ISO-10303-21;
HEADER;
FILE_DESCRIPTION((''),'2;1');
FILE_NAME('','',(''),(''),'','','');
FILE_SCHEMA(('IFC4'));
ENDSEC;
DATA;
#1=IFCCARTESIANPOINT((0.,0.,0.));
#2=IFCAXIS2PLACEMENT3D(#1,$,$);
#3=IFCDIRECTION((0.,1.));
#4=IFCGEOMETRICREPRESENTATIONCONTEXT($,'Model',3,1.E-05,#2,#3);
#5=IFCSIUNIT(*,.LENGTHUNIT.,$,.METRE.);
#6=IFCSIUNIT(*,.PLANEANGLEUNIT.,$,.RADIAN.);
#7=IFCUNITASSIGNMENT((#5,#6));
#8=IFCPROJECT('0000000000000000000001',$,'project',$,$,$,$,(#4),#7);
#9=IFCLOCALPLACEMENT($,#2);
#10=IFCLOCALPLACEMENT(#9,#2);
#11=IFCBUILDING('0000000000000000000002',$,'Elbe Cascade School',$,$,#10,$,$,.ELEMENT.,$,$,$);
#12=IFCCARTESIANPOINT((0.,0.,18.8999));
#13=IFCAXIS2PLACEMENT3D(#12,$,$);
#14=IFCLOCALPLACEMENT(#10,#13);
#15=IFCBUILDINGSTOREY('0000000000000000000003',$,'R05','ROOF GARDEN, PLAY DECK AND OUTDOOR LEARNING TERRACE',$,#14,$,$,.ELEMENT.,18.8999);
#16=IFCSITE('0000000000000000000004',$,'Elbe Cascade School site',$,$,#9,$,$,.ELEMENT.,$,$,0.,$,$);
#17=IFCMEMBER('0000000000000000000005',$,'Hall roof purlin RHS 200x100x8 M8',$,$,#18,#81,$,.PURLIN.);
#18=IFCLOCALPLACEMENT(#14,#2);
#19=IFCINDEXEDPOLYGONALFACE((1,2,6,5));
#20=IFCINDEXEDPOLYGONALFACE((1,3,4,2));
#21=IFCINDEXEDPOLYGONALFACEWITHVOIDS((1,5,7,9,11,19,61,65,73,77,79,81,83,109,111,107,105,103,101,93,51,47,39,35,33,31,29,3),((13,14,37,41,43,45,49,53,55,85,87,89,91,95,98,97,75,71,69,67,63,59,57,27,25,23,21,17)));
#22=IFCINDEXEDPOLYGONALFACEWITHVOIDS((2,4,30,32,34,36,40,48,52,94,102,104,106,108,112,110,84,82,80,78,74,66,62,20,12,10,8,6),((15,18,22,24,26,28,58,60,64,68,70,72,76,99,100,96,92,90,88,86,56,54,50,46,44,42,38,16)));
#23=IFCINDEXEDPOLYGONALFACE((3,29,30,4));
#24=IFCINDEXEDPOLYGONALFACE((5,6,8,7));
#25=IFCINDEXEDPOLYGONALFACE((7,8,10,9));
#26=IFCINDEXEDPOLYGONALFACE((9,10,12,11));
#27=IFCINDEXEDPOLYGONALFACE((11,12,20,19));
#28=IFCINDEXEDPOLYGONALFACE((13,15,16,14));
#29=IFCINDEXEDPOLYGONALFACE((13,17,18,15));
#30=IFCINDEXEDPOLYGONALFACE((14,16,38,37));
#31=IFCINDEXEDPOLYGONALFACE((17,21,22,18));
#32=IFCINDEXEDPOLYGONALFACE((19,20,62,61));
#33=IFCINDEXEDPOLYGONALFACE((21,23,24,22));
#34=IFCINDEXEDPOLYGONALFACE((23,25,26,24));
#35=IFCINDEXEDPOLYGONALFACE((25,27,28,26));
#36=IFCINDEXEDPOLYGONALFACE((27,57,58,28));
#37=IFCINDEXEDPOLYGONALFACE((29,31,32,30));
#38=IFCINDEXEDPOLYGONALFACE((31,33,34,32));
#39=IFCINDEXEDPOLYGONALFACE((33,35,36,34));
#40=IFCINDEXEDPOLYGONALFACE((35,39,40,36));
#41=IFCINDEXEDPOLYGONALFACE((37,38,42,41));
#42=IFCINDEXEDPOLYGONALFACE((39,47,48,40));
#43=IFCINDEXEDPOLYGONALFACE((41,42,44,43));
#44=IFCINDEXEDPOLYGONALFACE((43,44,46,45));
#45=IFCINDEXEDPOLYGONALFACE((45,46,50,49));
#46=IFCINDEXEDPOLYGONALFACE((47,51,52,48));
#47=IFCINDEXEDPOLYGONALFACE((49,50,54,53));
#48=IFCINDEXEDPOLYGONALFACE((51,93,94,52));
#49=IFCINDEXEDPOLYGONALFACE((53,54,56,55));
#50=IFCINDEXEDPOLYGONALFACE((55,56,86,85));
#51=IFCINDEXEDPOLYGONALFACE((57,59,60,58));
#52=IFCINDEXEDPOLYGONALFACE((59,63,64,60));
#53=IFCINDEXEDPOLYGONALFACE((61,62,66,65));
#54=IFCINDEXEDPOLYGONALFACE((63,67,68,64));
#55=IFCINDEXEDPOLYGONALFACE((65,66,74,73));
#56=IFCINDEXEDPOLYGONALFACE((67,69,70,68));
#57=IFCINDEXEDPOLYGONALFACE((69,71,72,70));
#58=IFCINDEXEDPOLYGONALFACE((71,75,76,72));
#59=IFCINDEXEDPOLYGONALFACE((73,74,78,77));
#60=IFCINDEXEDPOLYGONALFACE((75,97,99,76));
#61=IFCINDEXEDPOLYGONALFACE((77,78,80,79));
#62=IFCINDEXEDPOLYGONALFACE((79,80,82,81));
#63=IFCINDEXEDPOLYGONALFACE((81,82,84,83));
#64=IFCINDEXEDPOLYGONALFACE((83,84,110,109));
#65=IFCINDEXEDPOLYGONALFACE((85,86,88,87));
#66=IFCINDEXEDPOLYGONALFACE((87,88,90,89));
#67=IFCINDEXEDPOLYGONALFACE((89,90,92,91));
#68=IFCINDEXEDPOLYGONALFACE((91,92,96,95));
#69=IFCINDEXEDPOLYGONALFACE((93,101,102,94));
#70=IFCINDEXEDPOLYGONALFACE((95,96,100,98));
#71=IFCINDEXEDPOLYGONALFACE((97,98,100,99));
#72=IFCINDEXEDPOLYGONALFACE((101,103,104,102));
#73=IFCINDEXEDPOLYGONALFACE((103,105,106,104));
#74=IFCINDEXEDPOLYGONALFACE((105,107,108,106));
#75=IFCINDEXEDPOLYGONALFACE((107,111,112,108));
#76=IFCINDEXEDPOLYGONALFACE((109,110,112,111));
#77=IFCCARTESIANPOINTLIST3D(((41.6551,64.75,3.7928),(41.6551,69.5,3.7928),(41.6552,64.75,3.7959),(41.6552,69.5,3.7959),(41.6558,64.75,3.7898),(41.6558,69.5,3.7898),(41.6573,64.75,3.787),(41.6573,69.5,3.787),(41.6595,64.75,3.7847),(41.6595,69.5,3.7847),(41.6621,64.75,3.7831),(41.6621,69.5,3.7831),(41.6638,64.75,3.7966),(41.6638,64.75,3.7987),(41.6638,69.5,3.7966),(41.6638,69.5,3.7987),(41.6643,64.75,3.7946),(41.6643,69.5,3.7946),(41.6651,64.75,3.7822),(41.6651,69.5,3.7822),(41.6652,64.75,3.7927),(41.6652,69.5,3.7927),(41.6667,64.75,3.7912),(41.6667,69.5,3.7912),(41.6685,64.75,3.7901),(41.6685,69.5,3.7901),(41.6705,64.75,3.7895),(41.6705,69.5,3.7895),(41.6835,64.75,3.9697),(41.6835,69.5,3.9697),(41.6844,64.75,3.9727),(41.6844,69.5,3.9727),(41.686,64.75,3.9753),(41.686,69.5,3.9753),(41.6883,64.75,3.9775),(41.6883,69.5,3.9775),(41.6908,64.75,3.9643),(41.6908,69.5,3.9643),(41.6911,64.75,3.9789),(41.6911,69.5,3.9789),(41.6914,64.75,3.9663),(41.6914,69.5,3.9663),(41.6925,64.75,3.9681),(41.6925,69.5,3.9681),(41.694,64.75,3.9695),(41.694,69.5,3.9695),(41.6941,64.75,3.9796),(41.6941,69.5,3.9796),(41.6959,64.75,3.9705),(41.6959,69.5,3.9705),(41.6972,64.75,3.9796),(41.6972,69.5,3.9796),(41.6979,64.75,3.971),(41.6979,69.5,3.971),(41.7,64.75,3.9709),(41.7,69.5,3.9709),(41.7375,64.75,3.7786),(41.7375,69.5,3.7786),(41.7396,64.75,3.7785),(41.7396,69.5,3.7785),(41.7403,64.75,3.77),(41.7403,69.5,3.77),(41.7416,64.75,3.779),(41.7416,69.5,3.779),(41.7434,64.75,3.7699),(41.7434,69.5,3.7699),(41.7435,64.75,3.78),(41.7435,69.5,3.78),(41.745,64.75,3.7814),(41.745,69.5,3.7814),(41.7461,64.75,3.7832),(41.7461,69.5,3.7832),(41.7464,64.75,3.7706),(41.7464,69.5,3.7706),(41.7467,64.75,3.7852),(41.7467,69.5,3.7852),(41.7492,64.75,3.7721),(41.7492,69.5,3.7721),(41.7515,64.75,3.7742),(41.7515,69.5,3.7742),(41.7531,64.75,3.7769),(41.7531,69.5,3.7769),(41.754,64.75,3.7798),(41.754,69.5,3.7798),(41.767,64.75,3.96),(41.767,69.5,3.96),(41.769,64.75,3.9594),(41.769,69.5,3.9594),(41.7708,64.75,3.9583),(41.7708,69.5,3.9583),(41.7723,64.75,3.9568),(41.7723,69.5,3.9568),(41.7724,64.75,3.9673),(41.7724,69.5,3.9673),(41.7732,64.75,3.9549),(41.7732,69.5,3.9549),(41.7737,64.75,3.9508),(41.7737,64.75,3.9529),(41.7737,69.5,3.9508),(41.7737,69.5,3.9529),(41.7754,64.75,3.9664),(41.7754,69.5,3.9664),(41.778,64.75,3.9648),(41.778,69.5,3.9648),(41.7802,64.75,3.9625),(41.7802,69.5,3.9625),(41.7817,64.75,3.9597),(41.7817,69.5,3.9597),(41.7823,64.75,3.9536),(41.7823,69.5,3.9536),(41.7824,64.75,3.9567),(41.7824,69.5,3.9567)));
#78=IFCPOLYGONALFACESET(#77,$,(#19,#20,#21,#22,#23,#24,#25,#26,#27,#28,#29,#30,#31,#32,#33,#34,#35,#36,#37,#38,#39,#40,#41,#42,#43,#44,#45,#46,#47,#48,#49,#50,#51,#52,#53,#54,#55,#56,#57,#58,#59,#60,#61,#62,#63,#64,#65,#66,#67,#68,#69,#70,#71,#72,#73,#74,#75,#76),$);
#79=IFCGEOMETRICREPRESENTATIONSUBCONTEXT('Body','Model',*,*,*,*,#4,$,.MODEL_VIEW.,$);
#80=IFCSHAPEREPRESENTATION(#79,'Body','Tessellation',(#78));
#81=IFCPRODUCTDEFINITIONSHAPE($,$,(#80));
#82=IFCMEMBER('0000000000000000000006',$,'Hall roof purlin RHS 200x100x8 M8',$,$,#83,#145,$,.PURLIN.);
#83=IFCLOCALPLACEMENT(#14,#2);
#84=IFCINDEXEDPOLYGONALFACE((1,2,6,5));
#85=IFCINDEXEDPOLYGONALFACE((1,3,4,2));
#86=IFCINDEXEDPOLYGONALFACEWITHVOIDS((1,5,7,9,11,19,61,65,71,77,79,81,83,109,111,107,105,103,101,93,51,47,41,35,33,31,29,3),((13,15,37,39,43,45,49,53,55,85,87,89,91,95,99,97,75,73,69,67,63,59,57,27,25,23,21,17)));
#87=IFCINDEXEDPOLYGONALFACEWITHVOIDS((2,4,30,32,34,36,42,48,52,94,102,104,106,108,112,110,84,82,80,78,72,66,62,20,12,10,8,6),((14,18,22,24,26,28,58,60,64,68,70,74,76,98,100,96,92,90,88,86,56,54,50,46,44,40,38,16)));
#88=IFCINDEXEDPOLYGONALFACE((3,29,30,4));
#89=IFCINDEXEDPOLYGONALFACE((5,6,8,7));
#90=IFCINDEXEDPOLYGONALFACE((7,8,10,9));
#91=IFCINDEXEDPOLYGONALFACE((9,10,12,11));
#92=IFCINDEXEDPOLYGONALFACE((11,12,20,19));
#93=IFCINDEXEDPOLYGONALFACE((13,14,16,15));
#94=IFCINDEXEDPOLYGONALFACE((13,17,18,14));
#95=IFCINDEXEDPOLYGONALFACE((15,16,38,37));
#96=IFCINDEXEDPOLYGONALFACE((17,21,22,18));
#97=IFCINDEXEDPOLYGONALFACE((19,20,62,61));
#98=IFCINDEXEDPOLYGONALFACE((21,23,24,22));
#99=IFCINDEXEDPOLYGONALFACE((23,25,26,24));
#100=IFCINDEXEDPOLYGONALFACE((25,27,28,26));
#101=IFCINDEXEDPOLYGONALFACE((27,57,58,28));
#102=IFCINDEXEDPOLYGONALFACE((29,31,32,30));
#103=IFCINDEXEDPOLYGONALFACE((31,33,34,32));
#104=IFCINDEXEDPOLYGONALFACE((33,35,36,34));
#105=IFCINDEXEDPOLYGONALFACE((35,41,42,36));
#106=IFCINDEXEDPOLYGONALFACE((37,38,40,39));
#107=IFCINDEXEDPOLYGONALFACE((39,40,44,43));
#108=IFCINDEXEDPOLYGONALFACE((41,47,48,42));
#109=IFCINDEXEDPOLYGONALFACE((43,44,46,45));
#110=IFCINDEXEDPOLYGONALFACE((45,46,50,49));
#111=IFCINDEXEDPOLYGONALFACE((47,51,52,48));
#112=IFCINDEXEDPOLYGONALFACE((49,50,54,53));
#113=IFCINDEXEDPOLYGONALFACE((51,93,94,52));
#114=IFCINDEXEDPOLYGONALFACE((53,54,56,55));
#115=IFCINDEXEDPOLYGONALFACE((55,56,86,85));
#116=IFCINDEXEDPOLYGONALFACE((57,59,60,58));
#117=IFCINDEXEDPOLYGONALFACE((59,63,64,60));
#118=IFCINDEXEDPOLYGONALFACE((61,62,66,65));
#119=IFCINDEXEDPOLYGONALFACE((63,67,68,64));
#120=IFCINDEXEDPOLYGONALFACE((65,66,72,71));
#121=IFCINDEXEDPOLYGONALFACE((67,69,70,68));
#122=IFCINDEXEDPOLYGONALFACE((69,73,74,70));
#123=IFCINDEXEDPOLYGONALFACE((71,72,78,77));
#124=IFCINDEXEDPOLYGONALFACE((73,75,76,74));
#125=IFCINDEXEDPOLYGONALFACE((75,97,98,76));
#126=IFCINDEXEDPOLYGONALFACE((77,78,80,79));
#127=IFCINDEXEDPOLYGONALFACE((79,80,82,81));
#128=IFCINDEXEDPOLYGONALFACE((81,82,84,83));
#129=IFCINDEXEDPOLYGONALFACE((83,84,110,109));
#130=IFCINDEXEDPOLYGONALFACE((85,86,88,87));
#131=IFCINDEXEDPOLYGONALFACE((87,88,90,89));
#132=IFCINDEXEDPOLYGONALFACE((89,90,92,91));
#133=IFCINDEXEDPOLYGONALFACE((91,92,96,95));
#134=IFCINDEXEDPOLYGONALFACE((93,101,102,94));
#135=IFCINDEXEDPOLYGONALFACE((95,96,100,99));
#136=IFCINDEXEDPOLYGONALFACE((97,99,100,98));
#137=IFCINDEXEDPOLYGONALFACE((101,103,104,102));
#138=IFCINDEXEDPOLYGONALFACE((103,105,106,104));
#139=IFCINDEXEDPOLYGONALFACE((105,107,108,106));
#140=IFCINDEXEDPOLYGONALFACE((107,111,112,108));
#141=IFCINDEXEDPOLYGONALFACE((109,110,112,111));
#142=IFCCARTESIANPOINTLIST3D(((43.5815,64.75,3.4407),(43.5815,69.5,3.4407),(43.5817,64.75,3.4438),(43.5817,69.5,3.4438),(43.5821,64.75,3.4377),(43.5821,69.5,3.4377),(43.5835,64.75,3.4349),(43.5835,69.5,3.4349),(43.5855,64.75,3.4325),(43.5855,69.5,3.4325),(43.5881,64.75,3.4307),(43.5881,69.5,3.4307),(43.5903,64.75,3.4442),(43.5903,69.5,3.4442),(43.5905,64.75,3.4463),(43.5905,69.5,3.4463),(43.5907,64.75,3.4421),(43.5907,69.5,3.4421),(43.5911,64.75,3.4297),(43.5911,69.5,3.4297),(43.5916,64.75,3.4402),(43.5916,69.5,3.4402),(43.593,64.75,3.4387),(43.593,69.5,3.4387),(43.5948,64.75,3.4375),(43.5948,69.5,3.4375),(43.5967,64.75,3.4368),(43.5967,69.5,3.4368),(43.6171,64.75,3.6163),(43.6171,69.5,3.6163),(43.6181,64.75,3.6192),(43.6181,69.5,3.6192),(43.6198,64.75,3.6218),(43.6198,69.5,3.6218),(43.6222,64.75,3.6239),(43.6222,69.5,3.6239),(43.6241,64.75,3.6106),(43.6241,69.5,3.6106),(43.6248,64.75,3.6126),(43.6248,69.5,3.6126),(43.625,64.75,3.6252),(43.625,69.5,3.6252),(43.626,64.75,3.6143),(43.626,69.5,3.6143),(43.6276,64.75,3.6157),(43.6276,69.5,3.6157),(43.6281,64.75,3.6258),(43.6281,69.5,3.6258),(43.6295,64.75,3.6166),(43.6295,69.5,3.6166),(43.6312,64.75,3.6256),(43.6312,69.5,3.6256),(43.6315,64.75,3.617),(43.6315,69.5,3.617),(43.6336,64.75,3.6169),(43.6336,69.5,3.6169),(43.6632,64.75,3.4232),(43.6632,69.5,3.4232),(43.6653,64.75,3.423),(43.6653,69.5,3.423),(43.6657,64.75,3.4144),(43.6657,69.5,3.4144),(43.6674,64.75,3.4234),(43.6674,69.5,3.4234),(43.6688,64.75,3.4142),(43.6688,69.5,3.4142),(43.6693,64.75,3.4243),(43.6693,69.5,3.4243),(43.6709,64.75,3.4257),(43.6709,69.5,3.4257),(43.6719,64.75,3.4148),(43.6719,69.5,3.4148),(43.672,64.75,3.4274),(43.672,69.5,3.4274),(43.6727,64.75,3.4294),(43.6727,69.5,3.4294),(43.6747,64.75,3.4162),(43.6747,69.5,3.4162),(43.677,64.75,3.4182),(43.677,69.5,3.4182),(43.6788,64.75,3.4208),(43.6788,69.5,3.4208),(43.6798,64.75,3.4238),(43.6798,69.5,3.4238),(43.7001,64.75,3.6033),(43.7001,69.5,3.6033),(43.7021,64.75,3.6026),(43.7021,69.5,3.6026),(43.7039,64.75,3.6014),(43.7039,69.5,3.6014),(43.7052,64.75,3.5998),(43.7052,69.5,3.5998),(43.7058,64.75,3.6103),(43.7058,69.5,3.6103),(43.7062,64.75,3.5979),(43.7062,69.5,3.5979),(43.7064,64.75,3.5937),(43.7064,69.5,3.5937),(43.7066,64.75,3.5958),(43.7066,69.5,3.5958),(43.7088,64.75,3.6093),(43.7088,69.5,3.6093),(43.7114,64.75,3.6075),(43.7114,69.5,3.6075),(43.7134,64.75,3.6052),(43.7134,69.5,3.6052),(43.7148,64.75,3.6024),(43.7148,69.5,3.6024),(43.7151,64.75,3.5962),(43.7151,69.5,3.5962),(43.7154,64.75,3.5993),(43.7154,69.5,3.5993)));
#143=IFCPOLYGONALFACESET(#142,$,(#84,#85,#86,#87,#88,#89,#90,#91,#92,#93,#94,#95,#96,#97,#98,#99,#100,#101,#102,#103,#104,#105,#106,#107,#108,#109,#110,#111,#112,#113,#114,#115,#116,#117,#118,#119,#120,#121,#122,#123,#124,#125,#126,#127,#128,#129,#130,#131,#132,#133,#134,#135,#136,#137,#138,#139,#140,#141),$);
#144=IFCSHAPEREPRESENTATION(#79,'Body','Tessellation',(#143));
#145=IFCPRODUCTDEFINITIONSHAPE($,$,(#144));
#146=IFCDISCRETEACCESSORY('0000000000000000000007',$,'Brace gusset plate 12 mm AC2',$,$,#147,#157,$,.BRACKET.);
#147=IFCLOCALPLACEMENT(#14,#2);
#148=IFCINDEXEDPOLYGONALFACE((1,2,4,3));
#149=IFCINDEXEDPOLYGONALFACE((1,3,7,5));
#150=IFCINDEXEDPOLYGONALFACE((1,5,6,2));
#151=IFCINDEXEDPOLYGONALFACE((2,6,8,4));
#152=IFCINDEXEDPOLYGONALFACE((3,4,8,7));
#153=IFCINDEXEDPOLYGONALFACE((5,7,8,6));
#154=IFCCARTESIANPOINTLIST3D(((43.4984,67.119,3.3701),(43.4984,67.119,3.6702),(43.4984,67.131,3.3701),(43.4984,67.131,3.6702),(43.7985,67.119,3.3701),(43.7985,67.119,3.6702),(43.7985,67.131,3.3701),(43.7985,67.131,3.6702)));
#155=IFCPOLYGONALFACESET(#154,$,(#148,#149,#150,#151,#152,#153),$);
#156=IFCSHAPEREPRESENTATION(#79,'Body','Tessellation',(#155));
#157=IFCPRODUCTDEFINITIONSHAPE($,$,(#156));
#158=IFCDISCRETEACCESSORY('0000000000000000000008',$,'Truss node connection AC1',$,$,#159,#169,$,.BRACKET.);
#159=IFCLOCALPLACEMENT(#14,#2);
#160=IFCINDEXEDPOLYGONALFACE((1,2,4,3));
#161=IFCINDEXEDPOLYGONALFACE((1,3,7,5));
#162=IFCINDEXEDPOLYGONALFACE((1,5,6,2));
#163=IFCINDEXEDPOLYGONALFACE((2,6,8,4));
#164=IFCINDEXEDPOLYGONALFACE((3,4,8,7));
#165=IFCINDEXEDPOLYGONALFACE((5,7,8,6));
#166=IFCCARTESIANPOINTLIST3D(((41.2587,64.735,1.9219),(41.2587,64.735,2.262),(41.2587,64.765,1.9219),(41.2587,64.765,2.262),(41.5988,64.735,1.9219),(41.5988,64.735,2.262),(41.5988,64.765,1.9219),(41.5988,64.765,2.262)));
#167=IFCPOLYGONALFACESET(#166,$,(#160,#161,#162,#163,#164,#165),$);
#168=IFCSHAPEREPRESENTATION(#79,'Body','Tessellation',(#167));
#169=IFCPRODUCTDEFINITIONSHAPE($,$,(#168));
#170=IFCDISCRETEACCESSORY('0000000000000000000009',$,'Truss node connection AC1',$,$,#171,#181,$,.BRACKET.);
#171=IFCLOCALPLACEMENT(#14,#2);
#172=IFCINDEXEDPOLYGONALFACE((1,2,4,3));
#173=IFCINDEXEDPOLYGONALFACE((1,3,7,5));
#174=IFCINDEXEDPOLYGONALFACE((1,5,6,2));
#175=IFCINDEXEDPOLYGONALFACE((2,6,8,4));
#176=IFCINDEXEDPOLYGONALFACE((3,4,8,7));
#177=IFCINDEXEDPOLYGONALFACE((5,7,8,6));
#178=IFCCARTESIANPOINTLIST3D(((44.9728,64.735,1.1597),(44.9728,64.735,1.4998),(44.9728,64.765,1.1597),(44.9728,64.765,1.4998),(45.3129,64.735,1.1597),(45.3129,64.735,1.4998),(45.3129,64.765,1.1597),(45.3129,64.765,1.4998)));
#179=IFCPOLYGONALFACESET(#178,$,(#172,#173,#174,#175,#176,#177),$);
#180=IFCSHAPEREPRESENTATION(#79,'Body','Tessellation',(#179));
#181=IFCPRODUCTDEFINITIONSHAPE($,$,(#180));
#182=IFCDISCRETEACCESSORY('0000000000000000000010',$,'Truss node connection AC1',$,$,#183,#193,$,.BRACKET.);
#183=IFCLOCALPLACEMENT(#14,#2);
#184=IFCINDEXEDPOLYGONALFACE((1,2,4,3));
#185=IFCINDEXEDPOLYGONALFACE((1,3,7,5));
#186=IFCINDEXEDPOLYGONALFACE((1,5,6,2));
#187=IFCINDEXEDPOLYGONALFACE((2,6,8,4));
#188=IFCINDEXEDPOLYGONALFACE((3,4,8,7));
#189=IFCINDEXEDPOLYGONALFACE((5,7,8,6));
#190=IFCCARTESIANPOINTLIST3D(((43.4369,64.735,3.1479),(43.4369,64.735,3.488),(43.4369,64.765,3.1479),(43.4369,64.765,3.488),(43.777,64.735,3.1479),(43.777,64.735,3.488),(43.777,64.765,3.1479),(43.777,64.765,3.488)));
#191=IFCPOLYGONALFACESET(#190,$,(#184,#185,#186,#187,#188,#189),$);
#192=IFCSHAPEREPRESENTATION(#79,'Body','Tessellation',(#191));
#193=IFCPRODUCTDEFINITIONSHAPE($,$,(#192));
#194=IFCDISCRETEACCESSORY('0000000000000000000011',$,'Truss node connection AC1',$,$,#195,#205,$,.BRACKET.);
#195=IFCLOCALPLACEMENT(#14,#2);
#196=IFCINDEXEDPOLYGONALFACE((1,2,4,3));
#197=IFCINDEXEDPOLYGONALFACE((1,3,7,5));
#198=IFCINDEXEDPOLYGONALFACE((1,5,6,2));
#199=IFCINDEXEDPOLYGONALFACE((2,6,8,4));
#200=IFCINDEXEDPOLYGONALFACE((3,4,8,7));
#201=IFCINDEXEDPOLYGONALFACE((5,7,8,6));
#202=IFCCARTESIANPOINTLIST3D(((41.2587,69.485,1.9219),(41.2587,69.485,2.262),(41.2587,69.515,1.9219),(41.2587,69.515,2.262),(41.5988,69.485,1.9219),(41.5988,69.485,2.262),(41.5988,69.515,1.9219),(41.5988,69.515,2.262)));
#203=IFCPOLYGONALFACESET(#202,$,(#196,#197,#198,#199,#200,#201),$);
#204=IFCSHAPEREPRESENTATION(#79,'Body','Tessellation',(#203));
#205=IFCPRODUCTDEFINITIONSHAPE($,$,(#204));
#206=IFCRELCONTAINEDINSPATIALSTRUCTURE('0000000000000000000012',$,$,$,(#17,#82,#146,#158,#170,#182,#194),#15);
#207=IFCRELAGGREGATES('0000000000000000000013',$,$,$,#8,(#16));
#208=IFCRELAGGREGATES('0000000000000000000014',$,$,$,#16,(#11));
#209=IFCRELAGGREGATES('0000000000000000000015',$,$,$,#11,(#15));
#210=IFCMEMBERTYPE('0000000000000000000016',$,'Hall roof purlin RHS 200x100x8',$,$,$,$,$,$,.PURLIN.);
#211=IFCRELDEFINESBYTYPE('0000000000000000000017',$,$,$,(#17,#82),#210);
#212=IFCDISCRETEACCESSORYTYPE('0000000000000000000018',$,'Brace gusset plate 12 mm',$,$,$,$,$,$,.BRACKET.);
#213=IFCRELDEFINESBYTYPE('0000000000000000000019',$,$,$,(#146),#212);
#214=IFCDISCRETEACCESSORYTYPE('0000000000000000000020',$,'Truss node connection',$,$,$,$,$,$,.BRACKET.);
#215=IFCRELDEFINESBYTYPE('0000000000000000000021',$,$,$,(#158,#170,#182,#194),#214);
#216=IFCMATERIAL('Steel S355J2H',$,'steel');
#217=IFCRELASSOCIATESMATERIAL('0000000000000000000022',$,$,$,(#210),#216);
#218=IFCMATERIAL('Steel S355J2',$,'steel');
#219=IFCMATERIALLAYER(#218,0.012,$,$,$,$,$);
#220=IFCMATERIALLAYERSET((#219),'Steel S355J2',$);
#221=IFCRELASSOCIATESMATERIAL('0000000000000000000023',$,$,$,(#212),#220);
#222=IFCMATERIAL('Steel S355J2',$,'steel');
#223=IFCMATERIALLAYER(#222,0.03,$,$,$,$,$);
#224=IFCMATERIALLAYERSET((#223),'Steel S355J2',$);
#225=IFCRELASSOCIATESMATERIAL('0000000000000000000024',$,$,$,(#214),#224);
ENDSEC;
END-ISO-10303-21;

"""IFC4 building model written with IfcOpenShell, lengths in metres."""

from ifc_helpers import new_model, si_unit, direction, frame, origin, origin_2d, place, context, subcontext, project, spatial, rectangle, hollow_rectangle, extrude, material, layer, layer_set, material_profile, profile_set, type_object, element, save


model = new_model("IFC4")

# Units and contexts
model_context = context("Model", 3, precision=1e-05, world=origin(), true_north=direction((0.0, 1.0)))
body_context = subcontext(model_context, "Body", "Model", "MODEL_VIEW")
ifc_project = project(units=[si_unit("LENGTHUNIT", "METRE"), si_unit("PLANEANGLEUNIT", "RADIAN")], contexts=[model_context])

# Site, building, storey
site_placement = place(None, origin())
site = spatial("IfcSite", under=ifc_project, at=site_placement, Name="Elbe Cascade School site", CompositionType="ELEMENT", RefElevation=0.0)
building_placement = place(site_placement, origin())
building = spatial("IfcBuilding", under=site, at=building_placement, Name="Elbe Cascade School", CompositionType="ELEMENT")
storey_placement = place(building_placement, frame((0.0, 0.0, 18.8999)))
storey = spatial("IfcBuildingStorey", under=building, at=storey_placement, Name="R05", Description="ROOF GARDEN, PLAY DECK AND OUTDOOR LEARNING TERRACE", CompositionType="ELEMENT", Elevation=18.8999)

# Members
ifc_material_1 = material(Name="Steel S355J2H", Category="steel")
ifc_material_profile_1 = material_profile(ifc_material_1, hollow_rectangle(XDim=0.1001, YDim=0.2, WallThickness=0.0081, InnerFilletRadius=0.0081, OuterFilletRadius=0.012, at=origin_2d()), Name="RHS 200x100x8")
ifc_profile_set_1 = profile_set([ifc_material_profile_1], Name="Steel S355J2H")
member_type_1 = type_object("IfcMemberType", Name="Hall roof purlin RHS 200x100x8", PredefinedType="PURLIN", material=ifc_profile_set_1)
for number, where, z_axis, x_axis, name in (
    (1, (41.7188, 64.75, 3.8748), (0.0, 1.0, 0.0), (-0.987017, 0.0, 0.160618), "Hall roof purlin RHS 200x100x8 M8"),
    (2, (43.6484, 64.75, 3.52), (0.0, 1.0, 0.0), (-0.979638, 0.0, 0.200772), "Hall roof purlin RHS 200x100x8 M8"),
):
    element("IfcMember", number, at=place(storey_placement, frame(where, z_axis=z_axis, x_axis=x_axis)), inside=storey, type_object=member_type_1, Name=name, PredefinedType="PURLIN", context=body_context, shape_type="SweptSolid", body=[
        extrude(hollow_rectangle(XDim=0.1001, YDim=0.2, WallThickness=0.0081, InnerFilletRadius=0.0081, OuterFilletRadius=0.012, at=origin_2d()), origin(), (0.0, 0.0, 1.0), 4.75),
    ])

# Discrete accessories
ifc_material_2 = material(Name="Steel S355J2", Category="steel")
ifc_layer_1 = layer(ifc_material_2, 0.012)
ifc_layer_set_1 = layer_set([ifc_layer_1], Name="Steel S355J2")
discrete_accessory_type_1 = type_object("IfcDiscreteAccessoryType", Name="Brace gusset plate 12 mm", PredefinedType="BRACKET", material=ifc_layer_set_1)
discrete_accessory_placement = place(storey_placement, frame((43.6484, 67.125, 3.3701), z_axis=(0.0, 0.0, 1.0), x_axis=(1.0, 0.0, 0.0)))
element("IfcDiscreteAccessory", 3, at=discrete_accessory_placement, inside=storey, type_object=discrete_accessory_type_1, Name="Brace gusset plate 12 mm AC2", PredefinedType="BRACKET", context=body_context, shape_type="SweptSolid", body=[
    extrude(rectangle(XDim=0.3, YDim=0.012, at=origin_2d()), origin(), (0.0, 0.0, 1.0), 0.3),
])
ifc_material_3 = material(Name="Steel S355J2", Category="steel")
ifc_layer_2 = layer(ifc_material_3, 0.03)
ifc_layer_set_2 = layer_set([ifc_layer_2], Name="Steel S355J2")
discrete_accessory_type_2 = type_object("IfcDiscreteAccessoryType", Name="Truss node connection", PredefinedType="BRACKET", material=ifc_layer_set_2)
for number, where, z_axis, x_axis, name in (
    (4, (41.4287, 64.75, 1.9219), (0.0, 0.0, 1.0), (1.0, 0.0, 0.0), "Truss node connection AC1"),
    (5, (45.1428, 64.75, 1.1597), (0.0, 0.0, 1.0), (1.0, 0.0, 0.0), "Truss node connection AC1"),
    (6, (43.6069, 64.75, 3.1479), (0.0, 0.0, 1.0), (1.0, 0.0, 0.0), "Truss node connection AC1"),
    (7, (41.4287, 69.5, 1.9219), (0.0, 0.0, 1.0), (1.0, 0.0, 0.0), "Truss node connection AC1"),
):
    element("IfcDiscreteAccessory", number, at=place(storey_placement, frame(where, z_axis=z_axis, x_axis=x_axis)), inside=storey, type_object=discrete_accessory_type_2, Name=name, PredefinedType="BRACKET", context=body_context, shape_type="SweptSolid", body=[
        extrude(rectangle(XDim=0.3401, YDim=0.03, at=origin_2d()), origin(), (0.0, 0.0, 1.0), 0.3401),
    ])

save(model, "model.ifc")
